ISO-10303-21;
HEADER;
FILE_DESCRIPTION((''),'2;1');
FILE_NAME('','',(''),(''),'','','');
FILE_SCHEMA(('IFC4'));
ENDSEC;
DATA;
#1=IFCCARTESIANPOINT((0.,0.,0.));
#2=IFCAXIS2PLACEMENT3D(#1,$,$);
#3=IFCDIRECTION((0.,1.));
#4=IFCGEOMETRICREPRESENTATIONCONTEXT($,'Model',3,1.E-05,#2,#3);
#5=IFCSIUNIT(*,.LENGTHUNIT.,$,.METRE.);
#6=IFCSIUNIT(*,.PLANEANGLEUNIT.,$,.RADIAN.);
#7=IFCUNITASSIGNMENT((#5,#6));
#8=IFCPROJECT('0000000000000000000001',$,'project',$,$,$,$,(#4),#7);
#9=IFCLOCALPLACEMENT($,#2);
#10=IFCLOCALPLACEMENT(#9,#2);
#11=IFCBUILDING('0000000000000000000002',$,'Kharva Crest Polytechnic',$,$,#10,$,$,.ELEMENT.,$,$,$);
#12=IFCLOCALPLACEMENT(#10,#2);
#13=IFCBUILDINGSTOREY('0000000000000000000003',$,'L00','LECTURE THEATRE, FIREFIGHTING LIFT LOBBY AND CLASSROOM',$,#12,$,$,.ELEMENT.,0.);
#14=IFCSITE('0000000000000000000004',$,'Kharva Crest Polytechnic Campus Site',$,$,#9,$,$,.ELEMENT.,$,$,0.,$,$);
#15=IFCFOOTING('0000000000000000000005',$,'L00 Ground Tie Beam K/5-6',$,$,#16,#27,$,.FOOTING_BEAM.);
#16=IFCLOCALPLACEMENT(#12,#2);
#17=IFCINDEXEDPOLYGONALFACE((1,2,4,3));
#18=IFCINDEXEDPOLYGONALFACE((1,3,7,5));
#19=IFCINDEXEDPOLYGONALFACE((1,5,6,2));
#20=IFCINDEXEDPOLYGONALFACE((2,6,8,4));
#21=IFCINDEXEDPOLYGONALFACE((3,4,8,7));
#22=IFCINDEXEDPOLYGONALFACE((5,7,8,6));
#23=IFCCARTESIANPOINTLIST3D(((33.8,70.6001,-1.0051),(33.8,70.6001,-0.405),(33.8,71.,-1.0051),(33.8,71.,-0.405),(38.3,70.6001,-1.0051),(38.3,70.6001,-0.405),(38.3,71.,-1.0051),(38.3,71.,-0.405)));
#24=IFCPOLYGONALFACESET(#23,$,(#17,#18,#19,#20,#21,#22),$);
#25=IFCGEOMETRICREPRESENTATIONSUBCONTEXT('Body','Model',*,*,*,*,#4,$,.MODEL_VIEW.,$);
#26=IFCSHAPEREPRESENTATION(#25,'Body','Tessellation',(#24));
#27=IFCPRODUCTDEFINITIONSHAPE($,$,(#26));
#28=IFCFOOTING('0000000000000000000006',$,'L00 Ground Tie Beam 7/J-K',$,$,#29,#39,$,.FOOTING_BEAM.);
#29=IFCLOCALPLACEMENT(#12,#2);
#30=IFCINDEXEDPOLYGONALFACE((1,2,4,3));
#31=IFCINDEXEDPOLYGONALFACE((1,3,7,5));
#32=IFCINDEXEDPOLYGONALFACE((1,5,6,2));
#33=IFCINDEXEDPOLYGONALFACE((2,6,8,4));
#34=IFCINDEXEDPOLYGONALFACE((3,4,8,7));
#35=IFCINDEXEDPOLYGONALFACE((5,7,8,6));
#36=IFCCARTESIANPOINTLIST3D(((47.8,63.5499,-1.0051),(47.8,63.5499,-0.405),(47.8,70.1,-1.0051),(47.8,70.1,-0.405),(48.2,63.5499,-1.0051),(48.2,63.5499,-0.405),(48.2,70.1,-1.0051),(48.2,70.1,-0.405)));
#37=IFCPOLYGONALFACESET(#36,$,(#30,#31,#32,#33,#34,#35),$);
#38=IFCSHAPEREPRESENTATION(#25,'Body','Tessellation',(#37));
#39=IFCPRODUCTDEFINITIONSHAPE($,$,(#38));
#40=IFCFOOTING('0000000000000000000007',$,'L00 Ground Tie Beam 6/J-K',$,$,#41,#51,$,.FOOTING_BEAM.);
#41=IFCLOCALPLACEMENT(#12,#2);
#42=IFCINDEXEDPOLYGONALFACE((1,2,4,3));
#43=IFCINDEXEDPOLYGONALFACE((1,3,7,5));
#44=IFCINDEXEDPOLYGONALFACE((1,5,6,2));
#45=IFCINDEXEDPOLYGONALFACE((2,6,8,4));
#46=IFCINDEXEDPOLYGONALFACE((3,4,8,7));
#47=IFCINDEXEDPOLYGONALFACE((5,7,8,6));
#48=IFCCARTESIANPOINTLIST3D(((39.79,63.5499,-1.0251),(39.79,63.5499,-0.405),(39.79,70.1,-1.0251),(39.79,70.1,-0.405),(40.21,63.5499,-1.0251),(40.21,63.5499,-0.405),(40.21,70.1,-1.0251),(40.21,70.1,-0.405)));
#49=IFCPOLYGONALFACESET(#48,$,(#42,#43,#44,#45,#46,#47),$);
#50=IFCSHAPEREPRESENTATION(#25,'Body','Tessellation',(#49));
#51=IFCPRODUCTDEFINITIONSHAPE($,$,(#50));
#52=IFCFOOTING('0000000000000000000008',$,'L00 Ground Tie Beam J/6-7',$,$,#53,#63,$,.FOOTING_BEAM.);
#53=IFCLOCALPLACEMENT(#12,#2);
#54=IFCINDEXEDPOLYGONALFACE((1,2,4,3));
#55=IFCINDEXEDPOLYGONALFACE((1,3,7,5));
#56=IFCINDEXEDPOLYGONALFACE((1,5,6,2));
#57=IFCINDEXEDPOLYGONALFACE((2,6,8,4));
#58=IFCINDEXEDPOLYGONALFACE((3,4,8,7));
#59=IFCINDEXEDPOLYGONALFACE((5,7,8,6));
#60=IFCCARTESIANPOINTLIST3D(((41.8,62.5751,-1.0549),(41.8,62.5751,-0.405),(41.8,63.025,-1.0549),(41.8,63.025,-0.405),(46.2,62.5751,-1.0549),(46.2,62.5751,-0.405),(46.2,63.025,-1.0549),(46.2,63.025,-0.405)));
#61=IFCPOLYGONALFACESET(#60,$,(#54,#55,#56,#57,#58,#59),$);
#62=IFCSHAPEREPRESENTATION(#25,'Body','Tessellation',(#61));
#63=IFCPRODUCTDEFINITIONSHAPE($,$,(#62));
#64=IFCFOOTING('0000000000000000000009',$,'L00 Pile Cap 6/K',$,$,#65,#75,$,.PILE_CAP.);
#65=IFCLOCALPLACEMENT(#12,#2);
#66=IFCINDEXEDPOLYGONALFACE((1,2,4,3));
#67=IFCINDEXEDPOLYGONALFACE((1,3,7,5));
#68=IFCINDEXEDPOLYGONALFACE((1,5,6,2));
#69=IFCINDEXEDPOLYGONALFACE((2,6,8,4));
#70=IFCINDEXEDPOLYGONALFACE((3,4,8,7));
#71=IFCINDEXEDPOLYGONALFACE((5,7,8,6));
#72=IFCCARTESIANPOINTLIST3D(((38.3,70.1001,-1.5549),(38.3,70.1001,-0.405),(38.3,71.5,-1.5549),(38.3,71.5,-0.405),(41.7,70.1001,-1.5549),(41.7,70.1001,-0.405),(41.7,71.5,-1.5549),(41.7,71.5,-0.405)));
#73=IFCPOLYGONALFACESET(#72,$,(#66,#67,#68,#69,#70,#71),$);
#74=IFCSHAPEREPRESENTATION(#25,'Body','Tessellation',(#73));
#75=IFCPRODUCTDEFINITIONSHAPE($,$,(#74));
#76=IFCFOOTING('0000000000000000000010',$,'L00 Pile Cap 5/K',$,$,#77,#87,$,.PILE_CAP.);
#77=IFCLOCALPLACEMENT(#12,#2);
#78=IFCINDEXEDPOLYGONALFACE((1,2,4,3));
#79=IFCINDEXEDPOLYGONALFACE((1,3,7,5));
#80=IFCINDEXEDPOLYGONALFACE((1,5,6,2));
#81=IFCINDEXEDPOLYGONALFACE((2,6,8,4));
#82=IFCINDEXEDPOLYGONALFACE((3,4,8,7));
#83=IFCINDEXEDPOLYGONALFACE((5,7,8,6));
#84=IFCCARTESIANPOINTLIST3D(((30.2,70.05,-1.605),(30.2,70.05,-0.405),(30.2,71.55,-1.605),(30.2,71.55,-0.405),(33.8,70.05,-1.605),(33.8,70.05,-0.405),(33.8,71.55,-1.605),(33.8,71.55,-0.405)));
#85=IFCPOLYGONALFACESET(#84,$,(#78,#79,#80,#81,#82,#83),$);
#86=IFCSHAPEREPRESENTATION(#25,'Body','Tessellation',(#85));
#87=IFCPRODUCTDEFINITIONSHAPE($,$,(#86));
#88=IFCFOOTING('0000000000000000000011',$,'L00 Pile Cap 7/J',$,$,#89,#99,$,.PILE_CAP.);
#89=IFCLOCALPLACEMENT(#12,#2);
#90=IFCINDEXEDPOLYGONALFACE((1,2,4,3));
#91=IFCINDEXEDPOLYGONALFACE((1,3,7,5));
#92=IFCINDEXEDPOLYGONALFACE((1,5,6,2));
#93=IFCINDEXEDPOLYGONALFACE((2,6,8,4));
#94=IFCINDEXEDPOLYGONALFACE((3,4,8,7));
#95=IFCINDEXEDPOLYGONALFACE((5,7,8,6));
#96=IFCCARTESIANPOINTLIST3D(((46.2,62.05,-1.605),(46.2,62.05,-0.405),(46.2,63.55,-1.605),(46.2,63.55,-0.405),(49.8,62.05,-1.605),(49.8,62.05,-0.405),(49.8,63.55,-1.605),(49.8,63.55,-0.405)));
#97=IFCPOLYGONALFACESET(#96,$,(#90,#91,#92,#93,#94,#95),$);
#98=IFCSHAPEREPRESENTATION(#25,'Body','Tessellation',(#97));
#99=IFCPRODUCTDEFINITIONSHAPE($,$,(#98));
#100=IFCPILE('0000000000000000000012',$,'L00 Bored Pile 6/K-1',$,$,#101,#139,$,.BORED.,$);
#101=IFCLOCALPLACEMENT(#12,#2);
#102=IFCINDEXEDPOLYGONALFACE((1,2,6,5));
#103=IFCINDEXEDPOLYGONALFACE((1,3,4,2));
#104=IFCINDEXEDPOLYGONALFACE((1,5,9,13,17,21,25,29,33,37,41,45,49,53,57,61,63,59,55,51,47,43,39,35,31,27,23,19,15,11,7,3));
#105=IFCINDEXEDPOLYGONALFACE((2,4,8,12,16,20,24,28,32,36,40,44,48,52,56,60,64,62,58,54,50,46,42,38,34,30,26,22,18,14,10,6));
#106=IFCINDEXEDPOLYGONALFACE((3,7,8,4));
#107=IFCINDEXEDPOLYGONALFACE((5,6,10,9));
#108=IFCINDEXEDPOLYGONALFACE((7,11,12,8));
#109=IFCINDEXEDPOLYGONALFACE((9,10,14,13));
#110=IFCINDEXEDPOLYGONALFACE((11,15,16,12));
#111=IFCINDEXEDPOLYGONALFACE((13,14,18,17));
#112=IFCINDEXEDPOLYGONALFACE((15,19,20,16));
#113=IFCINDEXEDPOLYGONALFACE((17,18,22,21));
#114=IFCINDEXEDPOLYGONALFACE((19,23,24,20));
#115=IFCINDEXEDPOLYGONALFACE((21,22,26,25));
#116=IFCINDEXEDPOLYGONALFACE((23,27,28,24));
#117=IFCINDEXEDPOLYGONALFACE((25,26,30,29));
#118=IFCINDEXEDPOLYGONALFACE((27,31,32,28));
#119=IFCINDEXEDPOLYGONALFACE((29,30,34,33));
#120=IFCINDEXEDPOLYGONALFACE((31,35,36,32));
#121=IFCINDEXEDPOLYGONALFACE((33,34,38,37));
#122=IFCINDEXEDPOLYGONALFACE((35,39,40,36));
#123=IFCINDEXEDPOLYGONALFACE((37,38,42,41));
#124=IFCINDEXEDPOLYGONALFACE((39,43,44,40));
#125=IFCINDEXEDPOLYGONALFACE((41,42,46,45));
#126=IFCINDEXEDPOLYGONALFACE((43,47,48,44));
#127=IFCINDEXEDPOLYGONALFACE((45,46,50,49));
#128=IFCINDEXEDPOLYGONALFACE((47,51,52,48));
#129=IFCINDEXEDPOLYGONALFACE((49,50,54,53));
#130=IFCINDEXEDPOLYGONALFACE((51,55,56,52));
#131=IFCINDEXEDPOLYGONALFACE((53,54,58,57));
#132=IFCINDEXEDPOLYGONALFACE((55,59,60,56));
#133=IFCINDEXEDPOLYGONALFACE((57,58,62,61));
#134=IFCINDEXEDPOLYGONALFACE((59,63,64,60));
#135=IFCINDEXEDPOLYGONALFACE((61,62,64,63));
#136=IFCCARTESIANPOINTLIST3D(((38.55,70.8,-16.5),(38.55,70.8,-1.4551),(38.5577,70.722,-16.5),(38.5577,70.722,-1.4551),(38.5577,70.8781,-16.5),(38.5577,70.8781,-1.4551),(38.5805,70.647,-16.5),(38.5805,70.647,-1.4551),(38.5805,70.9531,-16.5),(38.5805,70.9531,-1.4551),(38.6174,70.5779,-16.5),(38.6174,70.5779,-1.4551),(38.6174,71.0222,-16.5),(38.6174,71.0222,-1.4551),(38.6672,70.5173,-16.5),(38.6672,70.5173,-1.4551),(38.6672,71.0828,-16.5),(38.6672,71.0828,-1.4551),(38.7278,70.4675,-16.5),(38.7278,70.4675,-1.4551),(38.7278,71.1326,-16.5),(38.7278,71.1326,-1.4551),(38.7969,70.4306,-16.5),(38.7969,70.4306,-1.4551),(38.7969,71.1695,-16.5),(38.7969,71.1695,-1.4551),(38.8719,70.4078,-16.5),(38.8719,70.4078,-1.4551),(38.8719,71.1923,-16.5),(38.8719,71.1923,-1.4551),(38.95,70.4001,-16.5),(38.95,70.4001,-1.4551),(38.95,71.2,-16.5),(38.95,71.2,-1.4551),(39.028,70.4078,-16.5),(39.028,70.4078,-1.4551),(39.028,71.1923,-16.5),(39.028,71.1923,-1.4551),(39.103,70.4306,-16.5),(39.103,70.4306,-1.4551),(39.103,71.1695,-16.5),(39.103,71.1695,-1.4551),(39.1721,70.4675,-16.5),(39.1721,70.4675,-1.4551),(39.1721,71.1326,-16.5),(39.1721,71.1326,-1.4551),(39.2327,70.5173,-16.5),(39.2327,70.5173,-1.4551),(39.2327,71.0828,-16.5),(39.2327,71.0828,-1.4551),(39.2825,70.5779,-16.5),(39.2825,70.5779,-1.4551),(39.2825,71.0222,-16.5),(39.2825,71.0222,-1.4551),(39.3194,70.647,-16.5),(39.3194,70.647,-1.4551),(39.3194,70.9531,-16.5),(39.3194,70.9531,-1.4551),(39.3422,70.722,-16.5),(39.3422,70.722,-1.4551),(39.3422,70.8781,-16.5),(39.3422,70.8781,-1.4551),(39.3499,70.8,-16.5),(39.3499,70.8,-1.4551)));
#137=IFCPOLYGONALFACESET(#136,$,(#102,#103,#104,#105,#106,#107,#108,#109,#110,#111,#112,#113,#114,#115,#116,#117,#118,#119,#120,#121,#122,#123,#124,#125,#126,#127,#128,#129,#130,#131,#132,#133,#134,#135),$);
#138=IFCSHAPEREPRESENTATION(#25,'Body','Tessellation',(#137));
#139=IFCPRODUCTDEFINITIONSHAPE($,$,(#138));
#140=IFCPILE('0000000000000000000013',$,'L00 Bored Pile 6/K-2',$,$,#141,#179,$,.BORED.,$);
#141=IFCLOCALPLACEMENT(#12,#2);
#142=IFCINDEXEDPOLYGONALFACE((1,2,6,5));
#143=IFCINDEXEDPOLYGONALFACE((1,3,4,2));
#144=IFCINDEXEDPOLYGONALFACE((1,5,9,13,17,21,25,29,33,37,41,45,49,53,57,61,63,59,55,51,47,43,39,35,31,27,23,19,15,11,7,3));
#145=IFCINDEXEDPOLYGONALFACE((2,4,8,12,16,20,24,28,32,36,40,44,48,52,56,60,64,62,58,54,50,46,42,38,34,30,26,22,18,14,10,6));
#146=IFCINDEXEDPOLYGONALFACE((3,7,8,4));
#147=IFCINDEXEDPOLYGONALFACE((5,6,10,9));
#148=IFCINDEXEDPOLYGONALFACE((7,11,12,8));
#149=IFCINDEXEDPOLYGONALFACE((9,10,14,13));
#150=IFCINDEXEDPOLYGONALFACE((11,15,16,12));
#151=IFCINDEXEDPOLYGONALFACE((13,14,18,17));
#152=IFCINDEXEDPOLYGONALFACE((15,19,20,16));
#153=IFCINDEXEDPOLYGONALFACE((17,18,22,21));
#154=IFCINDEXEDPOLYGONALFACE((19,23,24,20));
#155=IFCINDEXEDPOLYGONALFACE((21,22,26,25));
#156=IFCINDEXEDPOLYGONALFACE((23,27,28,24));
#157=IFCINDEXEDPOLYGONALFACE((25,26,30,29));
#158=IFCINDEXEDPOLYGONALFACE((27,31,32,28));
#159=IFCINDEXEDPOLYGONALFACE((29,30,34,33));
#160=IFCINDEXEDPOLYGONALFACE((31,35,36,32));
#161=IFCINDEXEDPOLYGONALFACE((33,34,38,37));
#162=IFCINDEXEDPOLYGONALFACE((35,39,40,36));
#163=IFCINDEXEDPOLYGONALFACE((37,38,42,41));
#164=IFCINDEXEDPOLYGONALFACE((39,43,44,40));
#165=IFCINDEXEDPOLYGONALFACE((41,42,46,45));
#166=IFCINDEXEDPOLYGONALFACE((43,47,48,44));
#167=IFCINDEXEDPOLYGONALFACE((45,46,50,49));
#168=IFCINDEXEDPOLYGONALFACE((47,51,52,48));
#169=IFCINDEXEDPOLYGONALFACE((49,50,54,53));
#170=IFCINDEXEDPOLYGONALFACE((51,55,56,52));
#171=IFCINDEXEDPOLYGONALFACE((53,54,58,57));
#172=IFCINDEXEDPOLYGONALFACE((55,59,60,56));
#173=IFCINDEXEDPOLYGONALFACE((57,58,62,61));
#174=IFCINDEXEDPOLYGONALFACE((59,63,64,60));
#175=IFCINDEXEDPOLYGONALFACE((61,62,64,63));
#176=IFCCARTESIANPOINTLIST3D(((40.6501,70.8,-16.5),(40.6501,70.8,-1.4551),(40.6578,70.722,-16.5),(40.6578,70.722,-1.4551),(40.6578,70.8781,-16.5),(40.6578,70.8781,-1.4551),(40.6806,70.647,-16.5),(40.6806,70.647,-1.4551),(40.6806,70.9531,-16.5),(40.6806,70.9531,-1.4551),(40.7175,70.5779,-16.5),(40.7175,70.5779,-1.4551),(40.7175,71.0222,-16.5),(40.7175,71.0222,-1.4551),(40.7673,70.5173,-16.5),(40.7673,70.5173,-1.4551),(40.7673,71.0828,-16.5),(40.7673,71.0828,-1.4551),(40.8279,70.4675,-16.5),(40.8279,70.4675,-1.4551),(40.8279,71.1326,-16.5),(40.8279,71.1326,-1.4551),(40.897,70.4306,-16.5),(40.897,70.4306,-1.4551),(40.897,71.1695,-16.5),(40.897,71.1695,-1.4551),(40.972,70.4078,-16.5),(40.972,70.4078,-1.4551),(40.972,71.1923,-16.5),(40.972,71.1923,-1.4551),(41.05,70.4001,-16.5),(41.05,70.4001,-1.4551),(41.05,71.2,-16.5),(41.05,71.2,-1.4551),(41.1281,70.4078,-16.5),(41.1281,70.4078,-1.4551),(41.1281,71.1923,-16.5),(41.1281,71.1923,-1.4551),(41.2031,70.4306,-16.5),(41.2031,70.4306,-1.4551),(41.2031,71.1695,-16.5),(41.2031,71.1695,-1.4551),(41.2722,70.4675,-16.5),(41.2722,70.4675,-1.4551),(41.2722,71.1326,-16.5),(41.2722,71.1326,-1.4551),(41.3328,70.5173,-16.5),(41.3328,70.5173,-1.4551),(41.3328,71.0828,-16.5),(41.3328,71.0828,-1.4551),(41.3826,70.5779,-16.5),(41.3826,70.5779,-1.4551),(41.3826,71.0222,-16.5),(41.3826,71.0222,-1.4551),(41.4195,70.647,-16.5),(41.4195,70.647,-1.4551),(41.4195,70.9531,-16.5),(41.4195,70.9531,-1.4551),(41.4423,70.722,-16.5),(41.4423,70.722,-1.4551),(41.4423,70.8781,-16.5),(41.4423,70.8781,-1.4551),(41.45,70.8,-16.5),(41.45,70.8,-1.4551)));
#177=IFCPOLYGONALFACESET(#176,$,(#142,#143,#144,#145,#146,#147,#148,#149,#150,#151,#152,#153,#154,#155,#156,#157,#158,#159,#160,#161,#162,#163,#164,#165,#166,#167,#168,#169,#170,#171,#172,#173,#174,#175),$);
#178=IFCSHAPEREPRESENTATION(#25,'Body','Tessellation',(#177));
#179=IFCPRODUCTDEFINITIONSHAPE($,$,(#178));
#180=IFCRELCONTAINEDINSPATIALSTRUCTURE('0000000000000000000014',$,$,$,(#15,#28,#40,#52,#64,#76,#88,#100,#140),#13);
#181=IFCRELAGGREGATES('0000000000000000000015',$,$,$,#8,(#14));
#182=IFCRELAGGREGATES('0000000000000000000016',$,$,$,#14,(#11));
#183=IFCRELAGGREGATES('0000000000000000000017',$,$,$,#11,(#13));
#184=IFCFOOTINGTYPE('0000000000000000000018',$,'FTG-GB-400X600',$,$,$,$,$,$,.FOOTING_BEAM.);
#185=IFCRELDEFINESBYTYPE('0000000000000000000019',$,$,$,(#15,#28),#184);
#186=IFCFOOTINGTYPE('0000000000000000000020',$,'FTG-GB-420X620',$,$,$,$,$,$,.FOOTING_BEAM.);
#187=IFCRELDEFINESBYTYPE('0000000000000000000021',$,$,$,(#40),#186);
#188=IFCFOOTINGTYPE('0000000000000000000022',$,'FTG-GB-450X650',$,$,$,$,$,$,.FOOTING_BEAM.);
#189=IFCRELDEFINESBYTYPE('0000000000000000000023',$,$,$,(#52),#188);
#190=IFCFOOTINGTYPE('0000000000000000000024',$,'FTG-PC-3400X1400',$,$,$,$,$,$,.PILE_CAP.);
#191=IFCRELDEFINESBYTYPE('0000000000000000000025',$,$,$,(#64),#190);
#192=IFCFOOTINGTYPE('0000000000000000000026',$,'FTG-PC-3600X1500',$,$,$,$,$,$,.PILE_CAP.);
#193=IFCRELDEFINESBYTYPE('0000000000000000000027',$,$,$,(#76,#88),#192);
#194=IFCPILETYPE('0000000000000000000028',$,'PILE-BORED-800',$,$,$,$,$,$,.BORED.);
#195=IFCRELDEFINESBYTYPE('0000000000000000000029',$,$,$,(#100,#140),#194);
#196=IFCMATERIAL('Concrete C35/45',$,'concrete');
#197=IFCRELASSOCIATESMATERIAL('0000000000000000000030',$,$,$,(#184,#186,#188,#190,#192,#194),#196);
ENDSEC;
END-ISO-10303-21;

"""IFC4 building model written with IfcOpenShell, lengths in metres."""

from ifc_helpers import new_model, si_unit, direction, frame, origin, origin_2d, place, context, subcontext, project, spatial, rectangle, circle, extrude, material, material_profile, profile_set, type_object, element, save


model = new_model("IFC4")

# Units and contexts
model_context = context("Model", 3, precision=1e-05, world=origin(), true_north=direction((0.0, 1.0)))
body_context = subcontext(model_context, "Body", "Model", "MODEL_VIEW")
ifc_project = project(units=[si_unit("LENGTHUNIT", "METRE"), si_unit("PLANEANGLEUNIT", "RADIAN")], contexts=[model_context])

# Site, building, storey
site_placement = place(None, origin())
site = spatial("IfcSite", under=ifc_project, at=site_placement, Name="Kharva Crest Polytechnic Campus Site", CompositionType="ELEMENT", RefElevation=0.0)
building_placement = place(site_placement, origin())
building = spatial("IfcBuilding", under=site, at=building_placement, Name="Kharva Crest Polytechnic", CompositionType="ELEMENT")
storey_placement = place(building_placement, origin())
storey = spatial("IfcBuildingStorey", under=building, at=storey_placement, Name="L00", Description="LECTURE THEATRE, FIREFIGHTING LIFT LOBBY AND CLASSROOM", CompositionType="ELEMENT", Elevation=0.0)

# Footings
ifc_material_1 = material(Name="Concrete C35/45", Category="concrete")
footing_type_1 = type_object("IfcFootingType", Name="FTG-GB-400X600", PredefinedType="FOOTING_BEAM", material=ifc_material_1)
footing_1_placement = place(storey_placement, frame((36.05, 70.8, -1.0051), z_axis=(0.0, 0.0, 1.0), x_axis=(1.0, 0.0, 0.0)))
element("IfcFooting", 1, at=footing_1_placement, inside=storey, type_object=footing_type_1, Name="L00 Ground Tie Beam K/5-6", PredefinedType="FOOTING_BEAM", context=body_context, shape_type="SweptSolid", body=[
    extrude(rectangle(XDim=4.5, YDim=0.3999, at=origin_2d()), origin(), (0.0, 0.0, 1.0), 0.6001),
])
footing_2_placement = place(storey_placement, frame((48.0, 66.825, -1.0051), z_axis=(0.0, 0.0, 1.0), x_axis=(0.0, 1.0, 0.0)))
element("IfcFooting", 2, at=footing_2_placement, inside=storey, type_object=footing_type_1, Name="L00 Ground Tie Beam 7/J-K", PredefinedType="FOOTING_BEAM", context=body_context, shape_type="SweptSolid", body=[
    extrude(rectangle(XDim=6.55, YDim=0.3999, at=origin_2d()), origin(), (0.0, 0.0, 1.0), 0.6001),
])
footing_type_2 = type_object("IfcFootingType", Name="FTG-GB-420X620", PredefinedType="FOOTING_BEAM", material=ifc_material_1)
footing_3_placement = place(storey_placement, frame((40.0, 66.825, -1.0251), z_axis=(0.0, 0.0, 1.0), x_axis=(0.0, 1.0, 0.0)))
element("IfcFooting", 3, at=footing_3_placement, inside=storey, type_object=footing_type_2, Name="L00 Ground Tie Beam 6/J-K", PredefinedType="FOOTING_BEAM", context=body_context, shape_type="SweptSolid", body=[
    extrude(rectangle(XDim=6.55, YDim=0.4199, at=origin_2d()), origin(), (0.0, 0.0, 1.0), 0.6201),
])
footing_type_3 = type_object("IfcFootingType", Name="FTG-GB-450X650", PredefinedType="FOOTING_BEAM", material=ifc_material_1)
footing_4_placement = place(storey_placement, frame((44.0, 62.8, -1.0549), z_axis=(0.0, 0.0, 1.0), x_axis=(1.0, 0.0, 0.0)))
element("IfcFooting", 4, at=footing_4_placement, inside=storey, type_object=footing_type_3, Name="L00 Ground Tie Beam J/6-7", PredefinedType="FOOTING_BEAM", context=body_context, shape_type="SweptSolid", body=[
    extrude(rectangle(XDim=4.3999, YDim=0.45, at=origin_2d()), origin(), (0.0, 0.0, 1.0), 0.6499),
])
footing_type_4 = type_object("IfcFootingType", Name="FTG-PC-3400X1400", PredefinedType="PILE_CAP", material=ifc_material_1)
footing_5_placement = place(storey_placement, frame((40.0, 70.8, -1.5549), z_axis=(0.0, 0.0, 1.0), x_axis=(1.0, 0.0, 0.0)))
element("IfcFooting", 5, at=footing_5_placement, inside=storey, type_object=footing_type_4, Name="L00 Pile Cap 6/K", PredefinedType="PILE_CAP", context=body_context, shape_type="SweptSolid", body=[
    extrude(rectangle(XDim=3.3999, YDim=1.3999, at=origin_2d()), origin(), (0.0, 0.0, 1.0), 1.1499),
])
footing_type_5 = type_object("IfcFootingType", Name="FTG-PC-3600X1500", PredefinedType="PILE_CAP", material=ifc_material_1)
for number, where, z_axis, x_axis, name in (
    (6, (32.0, 70.8, -1.605), (0.0, 0.0, 1.0), (1.0, 0.0, 0.0), "L00 Pile Cap 5/K"),
    (7, (48.0, 62.8, -1.605), (0.0, 0.0, 1.0), (1.0, 0.0, 0.0), "L00 Pile Cap 7/J"),
):
    element("IfcFooting", number, at=place(storey_placement, frame(where, z_axis=z_axis, x_axis=x_axis)), inside=storey, type_object=footing_type_5, Name=name, PredefinedType="PILE_CAP", context=body_context, shape_type="SweptSolid", body=[
        extrude(rectangle(XDim=3.6001, YDim=1.5, at=origin_2d()), origin(), (0.0, 0.0, 1.0), 1.2),
    ])

# Piles
ifc_material_profile_1 = material_profile(ifc_material_1, circle(Radius=0.3999, at=origin_2d()), Name="DIA 800")
ifc_profile_set_1 = profile_set([ifc_material_profile_1], Name="Concrete C35/45")
pile_type_1 = type_object("IfcPileType", Name="PILE-BORED-800", PredefinedType="BORED", material=ifc_profile_set_1)
for number, where, z_axis, x_axis, name in (
    (8, (38.95, 70.8, -1.4551), (0.0, 0.0, -1.0), (1.0, 0.0, 0.0), "L00 Bored Pile 6/K-1"),
    (9, (41.05, 70.8, -1.4551), (0.0, 0.0, -1.0), (1.0, 0.0, 0.0), "L00 Bored Pile 6/K-2"),
):
    element("IfcPile", number, at=place(storey_placement, frame(where, z_axis=z_axis, x_axis=x_axis)), inside=storey, type_object=pile_type_1, Name=name, PredefinedType="BORED", context=body_context, shape_type="SweptSolid", body=[
        extrude(circle(Radius=0.3999, at=origin_2d()), origin(), (0.0, 0.0, 1.0), 15.0449),
    ])

save(model, "model.ifc")
